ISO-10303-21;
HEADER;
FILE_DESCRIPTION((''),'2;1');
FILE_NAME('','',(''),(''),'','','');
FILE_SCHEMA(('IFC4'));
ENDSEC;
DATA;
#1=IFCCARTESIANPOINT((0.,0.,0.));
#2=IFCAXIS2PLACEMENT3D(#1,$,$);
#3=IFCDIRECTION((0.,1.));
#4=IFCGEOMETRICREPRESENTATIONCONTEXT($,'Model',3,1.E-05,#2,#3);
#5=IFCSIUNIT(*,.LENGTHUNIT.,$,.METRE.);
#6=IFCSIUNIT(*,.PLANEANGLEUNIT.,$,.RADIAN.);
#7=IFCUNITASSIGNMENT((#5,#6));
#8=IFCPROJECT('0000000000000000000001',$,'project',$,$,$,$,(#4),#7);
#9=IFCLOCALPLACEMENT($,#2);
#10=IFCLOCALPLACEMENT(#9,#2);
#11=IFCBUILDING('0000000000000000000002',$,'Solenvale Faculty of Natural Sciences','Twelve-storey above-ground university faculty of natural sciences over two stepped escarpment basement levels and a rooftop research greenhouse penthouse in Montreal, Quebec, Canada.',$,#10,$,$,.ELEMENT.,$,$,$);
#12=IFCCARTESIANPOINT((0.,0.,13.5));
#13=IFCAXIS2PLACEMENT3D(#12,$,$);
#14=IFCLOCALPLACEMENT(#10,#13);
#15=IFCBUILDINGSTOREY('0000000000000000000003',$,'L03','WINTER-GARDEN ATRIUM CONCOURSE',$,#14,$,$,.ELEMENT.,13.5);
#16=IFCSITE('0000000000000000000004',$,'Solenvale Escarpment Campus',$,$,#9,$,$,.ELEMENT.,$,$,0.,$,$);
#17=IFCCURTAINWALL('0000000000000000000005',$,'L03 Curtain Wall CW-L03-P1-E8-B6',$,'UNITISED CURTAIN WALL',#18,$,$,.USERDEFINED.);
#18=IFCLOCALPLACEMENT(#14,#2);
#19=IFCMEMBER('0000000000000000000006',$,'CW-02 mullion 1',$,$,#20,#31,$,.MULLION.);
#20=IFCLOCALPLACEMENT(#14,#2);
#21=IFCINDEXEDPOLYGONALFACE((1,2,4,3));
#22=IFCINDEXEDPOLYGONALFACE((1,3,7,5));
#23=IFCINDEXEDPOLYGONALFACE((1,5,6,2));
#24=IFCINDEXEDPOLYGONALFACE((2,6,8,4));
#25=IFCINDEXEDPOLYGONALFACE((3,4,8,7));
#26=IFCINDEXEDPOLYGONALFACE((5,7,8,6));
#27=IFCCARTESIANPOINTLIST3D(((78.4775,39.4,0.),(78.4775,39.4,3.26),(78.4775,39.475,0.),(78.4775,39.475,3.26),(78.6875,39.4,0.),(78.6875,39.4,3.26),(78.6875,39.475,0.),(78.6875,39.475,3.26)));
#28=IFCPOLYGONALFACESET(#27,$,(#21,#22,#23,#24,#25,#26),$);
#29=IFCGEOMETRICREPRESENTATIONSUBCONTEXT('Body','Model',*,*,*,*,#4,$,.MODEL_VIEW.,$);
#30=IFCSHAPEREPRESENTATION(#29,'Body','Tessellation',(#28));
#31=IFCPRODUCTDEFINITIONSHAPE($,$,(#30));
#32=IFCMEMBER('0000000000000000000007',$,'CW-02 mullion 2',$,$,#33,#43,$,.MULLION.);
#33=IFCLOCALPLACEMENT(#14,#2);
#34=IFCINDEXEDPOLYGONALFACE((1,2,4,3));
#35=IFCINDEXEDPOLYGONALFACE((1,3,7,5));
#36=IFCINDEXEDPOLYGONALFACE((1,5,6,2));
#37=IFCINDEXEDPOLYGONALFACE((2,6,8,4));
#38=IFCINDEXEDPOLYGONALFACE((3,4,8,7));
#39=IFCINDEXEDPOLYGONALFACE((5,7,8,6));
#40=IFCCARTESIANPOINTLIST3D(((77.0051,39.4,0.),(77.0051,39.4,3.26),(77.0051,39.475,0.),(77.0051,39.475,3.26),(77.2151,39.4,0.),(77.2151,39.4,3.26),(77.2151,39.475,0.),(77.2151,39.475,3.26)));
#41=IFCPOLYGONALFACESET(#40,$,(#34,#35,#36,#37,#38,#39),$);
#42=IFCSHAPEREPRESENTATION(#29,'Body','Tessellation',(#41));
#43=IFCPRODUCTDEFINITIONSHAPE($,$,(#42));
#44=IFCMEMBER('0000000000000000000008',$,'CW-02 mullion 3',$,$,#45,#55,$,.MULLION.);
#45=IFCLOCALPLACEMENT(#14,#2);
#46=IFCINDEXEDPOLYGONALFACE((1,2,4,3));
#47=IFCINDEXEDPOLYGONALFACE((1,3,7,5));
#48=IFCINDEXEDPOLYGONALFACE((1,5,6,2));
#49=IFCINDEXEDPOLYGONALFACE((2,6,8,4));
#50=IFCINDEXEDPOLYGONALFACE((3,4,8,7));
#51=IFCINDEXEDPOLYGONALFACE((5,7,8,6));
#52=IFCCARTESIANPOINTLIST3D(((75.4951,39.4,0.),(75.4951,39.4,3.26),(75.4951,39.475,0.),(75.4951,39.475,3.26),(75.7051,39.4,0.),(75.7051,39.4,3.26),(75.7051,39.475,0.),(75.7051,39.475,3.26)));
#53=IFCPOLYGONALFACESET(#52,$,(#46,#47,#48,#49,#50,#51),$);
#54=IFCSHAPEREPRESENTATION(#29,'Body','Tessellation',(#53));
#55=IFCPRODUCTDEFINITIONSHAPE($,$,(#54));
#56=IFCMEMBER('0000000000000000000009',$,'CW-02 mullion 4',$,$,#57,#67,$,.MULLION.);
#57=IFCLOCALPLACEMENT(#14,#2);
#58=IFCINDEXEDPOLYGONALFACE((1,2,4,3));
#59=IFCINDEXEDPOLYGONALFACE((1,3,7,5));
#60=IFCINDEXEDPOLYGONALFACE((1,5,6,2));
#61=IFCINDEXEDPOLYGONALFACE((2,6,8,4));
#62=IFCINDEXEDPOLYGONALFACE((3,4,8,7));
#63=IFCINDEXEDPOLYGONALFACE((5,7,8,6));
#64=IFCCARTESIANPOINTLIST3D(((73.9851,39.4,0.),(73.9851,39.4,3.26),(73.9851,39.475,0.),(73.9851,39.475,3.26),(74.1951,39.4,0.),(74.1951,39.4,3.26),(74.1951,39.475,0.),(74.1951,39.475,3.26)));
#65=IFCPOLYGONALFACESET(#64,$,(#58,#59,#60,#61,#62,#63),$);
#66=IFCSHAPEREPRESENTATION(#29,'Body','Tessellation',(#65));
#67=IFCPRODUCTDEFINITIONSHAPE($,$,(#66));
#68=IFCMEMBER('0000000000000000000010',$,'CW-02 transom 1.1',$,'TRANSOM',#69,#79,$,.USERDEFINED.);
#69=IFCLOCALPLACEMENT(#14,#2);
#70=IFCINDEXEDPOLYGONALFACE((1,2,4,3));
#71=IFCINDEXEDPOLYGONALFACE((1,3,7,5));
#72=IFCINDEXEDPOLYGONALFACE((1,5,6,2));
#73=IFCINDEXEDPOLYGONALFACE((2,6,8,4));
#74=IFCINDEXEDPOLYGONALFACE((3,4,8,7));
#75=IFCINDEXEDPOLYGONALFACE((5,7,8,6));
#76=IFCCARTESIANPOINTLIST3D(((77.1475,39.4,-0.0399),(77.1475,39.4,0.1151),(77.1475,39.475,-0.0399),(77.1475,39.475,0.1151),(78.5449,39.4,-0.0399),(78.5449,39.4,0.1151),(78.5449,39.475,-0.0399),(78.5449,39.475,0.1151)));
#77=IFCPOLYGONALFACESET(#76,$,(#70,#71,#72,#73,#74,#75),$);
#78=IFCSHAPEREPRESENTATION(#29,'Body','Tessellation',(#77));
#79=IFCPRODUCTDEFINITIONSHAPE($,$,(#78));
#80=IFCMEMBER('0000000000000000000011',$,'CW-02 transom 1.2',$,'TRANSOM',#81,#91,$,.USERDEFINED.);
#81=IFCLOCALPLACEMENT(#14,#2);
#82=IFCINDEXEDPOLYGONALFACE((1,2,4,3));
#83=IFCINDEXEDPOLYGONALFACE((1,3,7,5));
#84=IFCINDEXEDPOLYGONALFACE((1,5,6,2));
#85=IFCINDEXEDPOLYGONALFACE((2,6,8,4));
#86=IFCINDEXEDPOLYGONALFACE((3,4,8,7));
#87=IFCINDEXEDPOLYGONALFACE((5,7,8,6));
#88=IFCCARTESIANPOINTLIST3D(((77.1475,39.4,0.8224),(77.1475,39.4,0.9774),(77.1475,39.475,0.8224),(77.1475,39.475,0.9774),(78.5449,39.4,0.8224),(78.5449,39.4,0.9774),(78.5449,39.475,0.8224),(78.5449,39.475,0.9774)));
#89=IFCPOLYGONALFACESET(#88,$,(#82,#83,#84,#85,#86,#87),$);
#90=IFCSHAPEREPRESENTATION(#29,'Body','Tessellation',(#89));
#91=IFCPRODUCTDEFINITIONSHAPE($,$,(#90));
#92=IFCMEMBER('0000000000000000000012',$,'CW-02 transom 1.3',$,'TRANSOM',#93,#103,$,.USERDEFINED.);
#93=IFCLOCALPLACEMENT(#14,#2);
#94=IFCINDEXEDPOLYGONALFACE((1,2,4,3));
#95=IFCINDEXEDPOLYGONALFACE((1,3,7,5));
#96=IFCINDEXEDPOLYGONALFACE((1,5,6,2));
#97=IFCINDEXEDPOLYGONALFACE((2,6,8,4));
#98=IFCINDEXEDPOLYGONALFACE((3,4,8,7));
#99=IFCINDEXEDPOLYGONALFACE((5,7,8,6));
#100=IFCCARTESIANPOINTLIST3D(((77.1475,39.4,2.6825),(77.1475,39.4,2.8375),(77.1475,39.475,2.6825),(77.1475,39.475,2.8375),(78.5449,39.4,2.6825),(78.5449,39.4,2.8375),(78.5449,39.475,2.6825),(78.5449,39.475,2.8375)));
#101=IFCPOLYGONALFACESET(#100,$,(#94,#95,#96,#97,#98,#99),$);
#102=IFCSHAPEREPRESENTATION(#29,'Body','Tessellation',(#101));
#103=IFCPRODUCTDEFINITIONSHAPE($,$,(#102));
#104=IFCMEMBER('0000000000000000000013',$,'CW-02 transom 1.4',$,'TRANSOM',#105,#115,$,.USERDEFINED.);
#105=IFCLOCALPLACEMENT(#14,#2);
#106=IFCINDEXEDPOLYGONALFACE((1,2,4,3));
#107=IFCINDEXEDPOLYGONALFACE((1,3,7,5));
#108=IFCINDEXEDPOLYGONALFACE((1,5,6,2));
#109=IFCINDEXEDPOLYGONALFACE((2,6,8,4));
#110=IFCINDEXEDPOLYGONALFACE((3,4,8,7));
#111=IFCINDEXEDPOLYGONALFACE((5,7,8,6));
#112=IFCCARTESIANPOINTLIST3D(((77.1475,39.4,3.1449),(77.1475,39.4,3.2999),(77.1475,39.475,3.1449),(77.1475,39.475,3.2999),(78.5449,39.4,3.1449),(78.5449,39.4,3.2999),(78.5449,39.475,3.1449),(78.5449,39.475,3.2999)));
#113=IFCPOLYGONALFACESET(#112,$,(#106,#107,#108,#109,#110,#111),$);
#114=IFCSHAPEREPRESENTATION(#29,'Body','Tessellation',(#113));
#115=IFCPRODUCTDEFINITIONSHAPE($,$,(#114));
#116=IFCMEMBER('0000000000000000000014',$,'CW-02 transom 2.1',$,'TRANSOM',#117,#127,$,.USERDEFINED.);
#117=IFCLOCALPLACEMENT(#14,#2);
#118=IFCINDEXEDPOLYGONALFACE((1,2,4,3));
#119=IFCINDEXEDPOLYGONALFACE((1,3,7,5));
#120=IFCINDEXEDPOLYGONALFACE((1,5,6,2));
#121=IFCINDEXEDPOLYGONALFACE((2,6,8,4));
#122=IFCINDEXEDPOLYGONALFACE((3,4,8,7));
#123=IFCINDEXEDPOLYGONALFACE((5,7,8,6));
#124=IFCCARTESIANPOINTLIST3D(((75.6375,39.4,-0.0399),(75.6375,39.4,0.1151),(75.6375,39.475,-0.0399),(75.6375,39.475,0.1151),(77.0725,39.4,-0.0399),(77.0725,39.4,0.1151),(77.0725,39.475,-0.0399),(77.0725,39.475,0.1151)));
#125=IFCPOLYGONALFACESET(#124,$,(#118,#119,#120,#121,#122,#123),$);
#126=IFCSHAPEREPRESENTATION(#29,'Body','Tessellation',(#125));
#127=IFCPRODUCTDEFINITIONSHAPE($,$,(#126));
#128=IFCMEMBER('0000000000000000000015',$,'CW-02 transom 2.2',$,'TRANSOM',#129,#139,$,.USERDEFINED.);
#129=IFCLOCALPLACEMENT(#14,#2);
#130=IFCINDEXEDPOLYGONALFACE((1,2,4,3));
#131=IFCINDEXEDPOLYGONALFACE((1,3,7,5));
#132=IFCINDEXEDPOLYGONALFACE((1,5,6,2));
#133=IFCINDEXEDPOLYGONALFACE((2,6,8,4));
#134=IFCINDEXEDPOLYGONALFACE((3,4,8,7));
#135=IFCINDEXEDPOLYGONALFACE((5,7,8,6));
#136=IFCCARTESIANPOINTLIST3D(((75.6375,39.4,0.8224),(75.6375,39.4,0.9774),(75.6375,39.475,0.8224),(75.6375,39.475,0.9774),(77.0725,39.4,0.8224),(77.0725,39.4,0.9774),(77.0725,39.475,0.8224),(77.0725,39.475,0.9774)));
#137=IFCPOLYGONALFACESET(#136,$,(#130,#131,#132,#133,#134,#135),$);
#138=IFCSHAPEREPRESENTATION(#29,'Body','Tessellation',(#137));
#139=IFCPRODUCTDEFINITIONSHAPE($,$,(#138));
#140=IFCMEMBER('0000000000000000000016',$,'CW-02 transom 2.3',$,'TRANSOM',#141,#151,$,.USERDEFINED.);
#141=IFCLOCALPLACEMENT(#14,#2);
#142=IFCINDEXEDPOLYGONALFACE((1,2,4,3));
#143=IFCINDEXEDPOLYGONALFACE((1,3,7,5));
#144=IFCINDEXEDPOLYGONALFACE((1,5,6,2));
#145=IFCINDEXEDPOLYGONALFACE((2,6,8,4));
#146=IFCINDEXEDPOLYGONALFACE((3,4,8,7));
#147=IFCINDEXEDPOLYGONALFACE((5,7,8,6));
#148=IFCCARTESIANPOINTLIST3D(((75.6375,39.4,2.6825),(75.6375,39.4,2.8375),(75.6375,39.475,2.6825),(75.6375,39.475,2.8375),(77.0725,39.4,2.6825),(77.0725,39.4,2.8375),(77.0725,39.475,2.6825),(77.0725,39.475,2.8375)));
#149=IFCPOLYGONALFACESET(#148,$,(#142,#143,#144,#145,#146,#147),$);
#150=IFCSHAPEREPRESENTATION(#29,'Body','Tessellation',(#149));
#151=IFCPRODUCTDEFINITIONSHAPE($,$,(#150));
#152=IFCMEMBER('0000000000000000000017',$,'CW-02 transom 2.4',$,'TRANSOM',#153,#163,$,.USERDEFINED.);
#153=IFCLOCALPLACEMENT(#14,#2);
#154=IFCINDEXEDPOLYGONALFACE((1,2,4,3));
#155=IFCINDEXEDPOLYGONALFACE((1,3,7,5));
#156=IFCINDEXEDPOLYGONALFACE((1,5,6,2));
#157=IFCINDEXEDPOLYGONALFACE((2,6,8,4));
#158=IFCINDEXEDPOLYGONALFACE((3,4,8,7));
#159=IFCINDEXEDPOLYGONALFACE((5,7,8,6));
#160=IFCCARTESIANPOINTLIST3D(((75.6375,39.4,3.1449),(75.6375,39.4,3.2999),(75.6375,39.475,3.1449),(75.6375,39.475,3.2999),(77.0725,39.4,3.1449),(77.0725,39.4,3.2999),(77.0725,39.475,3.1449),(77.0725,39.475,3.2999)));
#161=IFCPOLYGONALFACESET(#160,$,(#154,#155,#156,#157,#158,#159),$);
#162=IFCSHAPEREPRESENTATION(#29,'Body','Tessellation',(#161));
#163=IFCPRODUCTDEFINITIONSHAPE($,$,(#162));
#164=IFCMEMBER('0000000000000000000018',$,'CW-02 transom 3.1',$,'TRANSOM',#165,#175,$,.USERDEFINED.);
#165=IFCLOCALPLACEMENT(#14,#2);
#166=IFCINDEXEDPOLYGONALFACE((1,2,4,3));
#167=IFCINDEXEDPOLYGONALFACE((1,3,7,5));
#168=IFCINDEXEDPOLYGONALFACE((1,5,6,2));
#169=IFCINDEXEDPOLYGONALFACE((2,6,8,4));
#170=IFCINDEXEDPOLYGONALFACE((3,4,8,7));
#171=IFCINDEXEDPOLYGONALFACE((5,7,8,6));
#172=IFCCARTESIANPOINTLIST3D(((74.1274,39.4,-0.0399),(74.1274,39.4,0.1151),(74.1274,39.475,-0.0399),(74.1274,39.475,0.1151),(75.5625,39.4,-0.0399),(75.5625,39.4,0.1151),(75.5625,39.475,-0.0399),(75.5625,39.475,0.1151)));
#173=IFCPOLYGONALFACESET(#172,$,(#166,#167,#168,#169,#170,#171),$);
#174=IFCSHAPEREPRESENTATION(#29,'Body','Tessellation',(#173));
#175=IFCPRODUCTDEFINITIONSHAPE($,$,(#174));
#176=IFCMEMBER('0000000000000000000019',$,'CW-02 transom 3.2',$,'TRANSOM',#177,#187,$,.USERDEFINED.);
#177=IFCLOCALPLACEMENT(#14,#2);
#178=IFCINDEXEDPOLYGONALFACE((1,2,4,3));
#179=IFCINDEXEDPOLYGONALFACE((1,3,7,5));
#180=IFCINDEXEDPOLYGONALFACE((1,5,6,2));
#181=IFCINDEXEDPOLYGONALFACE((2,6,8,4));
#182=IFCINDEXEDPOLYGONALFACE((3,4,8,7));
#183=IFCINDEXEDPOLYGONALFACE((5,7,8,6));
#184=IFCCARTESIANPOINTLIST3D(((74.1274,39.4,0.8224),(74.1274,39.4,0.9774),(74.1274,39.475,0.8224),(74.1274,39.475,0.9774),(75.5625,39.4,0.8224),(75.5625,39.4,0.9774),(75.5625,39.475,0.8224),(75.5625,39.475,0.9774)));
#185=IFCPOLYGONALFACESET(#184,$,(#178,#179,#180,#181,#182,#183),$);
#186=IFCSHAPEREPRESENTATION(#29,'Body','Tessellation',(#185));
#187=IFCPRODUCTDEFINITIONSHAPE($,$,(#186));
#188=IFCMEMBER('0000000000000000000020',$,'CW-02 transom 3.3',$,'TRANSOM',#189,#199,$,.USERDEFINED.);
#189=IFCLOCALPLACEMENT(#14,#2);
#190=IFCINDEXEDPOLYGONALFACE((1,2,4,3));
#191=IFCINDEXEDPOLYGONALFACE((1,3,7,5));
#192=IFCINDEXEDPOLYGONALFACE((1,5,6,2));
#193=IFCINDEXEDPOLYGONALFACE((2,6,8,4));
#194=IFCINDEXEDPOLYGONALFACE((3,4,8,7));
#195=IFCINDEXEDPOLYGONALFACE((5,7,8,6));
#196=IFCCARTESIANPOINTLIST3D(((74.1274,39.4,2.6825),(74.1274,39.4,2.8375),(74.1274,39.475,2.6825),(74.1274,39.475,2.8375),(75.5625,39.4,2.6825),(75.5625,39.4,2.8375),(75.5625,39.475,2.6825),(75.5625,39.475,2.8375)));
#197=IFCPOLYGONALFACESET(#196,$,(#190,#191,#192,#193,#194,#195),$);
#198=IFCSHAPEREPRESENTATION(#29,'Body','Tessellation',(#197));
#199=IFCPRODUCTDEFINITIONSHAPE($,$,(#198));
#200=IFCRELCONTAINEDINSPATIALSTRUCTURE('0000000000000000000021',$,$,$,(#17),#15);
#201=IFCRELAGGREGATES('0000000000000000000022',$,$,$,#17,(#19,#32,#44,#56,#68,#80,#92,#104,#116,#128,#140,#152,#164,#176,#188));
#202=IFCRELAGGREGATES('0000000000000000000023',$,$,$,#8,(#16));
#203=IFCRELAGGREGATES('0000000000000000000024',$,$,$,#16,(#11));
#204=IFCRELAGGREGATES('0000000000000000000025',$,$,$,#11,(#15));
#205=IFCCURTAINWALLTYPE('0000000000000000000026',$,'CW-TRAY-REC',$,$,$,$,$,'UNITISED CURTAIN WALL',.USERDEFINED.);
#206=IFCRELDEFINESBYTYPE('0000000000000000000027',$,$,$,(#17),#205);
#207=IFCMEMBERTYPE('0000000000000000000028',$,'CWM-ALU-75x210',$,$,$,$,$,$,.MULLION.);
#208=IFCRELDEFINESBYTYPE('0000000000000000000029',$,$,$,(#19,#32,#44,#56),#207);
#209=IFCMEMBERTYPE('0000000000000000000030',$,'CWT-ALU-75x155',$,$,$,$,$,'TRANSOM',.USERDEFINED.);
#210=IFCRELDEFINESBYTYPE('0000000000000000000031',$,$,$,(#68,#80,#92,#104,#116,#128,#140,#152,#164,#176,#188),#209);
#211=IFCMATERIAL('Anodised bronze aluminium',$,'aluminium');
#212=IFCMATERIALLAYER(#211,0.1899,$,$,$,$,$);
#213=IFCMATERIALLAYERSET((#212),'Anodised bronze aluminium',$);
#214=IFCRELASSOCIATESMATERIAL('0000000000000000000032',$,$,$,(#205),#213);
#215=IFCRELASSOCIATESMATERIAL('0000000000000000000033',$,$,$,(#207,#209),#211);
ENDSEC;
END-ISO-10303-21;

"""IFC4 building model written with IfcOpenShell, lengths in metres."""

from ifc_helpers import new_model, si_unit, direction, frame, origin, origin_2d, place, context, subcontext, project, spatial, rectangle, extrude, material, layer, layer_set, material_profile, profile_set, type_object, element, aggregate, save


model = new_model("IFC4")

# Units and contexts
model_context = context("Model", 3, precision=1e-05, world=origin(), true_north=direction((0.0, 1.0)))
body_context = subcontext(model_context, "Body", "Model", "MODEL_VIEW")
ifc_project = project(units=[si_unit("LENGTHUNIT", "METRE"), si_unit("PLANEANGLEUNIT", "RADIAN")], contexts=[model_context])

# Site, building, storey
site_placement = place(None, origin())
site = spatial("IfcSite", under=ifc_project, at=site_placement, Name="Solenvale Escarpment Campus", CompositionType="ELEMENT", RefElevation=0.0)
building_placement = place(site_placement, origin())
building = spatial("IfcBuilding", under=site, at=building_placement, Name="Solenvale Faculty of Natural Sciences", Description="Twelve-storey above-ground university faculty of natural sciences over two stepped escarpment basement levels and a rooftop research greenhouse penthouse in Montreal, Quebec, Canada.", CompositionType="ELEMENT")
storey_placement = place(building_placement, frame((0.0, 0.0, 13.5)))
storey = spatial("IfcBuildingStorey", under=building, at=storey_placement, Name="L03", Description="WINTER-GARDEN ATRIUM CONCOURSE", CompositionType="ELEMENT", Elevation=13.5)

# Curtain wall, members
ifc_material_1 = material(Name="Anodised bronze aluminium", Category="aluminium")
ifc_layer_1 = layer(ifc_material_1, 0.1899)
ifc_layer_set_1 = layer_set([ifc_layer_1], Name="Anodised bronze aluminium")
curtain_wall_type = type_object("IfcCurtainWallType", Name="CW-TRAY-REC", ElementType="UNITISED CURTAIN WALL", PredefinedType="USERDEFINED", material=ifc_layer_set_1)
curtain_wall_placement = place(storey_placement, origin())
curtain_wall = element("IfcCurtainWall", 1, at=curtain_wall_placement, inside=storey, type_object=curtain_wall_type, Name="L03 Curtain Wall CW-L03-P1-E8-B6", ObjectType="UNITISED CURTAIN WALL", PredefinedType="USERDEFINED")
ifc_material_profile_1 = material_profile(ifc_material_1, rectangle(XDim=0.075, YDim=0.21, at=origin_2d()), Name="ALU-MUL-75x210")
ifc_profile_set_1 = profile_set([ifc_material_profile_1], Name="Anodised bronze aluminium")
member_type_1 = type_object("IfcMemberType", Name="CWM-ALU-75x210", PredefinedType="MULLION", material=ifc_profile_set_1)
member_1_placement = place(storey_placement, frame((78.5825, 39.4375, 0.0), z_axis=(0.0, 0.0, 1.0), x_axis=(0.0, -1.0, 0.0)))
member_1 = element("IfcMember", 2, at=member_1_placement, type_object=member_type_1, Name="CW-02 mullion 1", PredefinedType="MULLION", context=body_context, shape_type="SweptSolid", body=[
    extrude(rectangle(XDim=0.075, YDim=0.21, at=origin_2d()), origin(), (0.0, 0.0, 1.0), 3.26),
])
member_2_placement = place(storey_placement, frame((77.1101, 39.4375, 0.0), z_axis=(0.0, 0.0, 1.0), x_axis=(0.0, -1.0, 0.0)))
member_2 = element("IfcMember", 3, at=member_2_placement, type_object=member_type_1, Name="CW-02 mullion 2", PredefinedType="MULLION", context=body_context, shape_type="SweptSolid", body=[
    extrude(rectangle(XDim=0.075, YDim=0.21, at=origin_2d()), origin(), (0.0, 0.0, 1.0), 3.26),
])
member_3_placement = place(storey_placement, frame((75.6001, 39.4375, 0.0), z_axis=(0.0, 0.0, 1.0), x_axis=(0.0, -1.0, 0.0)))
member_3 = element("IfcMember", 4, at=member_3_placement, type_object=member_type_1, Name="CW-02 mullion 3", PredefinedType="MULLION", context=body_context, shape_type="SweptSolid", body=[
    extrude(rectangle(XDim=0.075, YDim=0.21, at=origin_2d()), origin(), (0.0, 0.0, 1.0), 3.26),
])
member_4_placement = place(storey_placement, frame((74.0901, 39.4375, 0.0), z_axis=(0.0, 0.0, 1.0), x_axis=(0.0, -1.0, 0.0)))
member_4 = element("IfcMember", 5, at=member_4_placement, type_object=member_type_1, Name="CW-02 mullion 4", PredefinedType="MULLION", context=body_context, shape_type="SweptSolid", body=[
    extrude(rectangle(XDim=0.075, YDim=0.21, at=origin_2d()), origin(), (0.0, 0.0, 1.0), 3.26),
])
ifc_material_profile_2 = material_profile(ifc_material_1, rectangle(XDim=0.075, YDim=0.155, at=origin_2d()), Name="ALU-TRN-75x155")
ifc_profile_set_2 = profile_set([ifc_material_profile_2], Name="Anodised bronze aluminium")
member_type_2 = type_object("IfcMemberType", Name="CWT-ALU-75x155", ElementType="TRANSOM", PredefinedType="USERDEFINED", material=ifc_profile_set_2)
member_5_placement = place(storey_placement, frame((78.5449, 39.4375, 0.0376), z_axis=(-1.0, 0.0, 0.0), x_axis=(0.0, -1.0, 0.0)))
member_5 = element("IfcMember", 6, at=member_5_placement, type_object=member_type_2, Name="CW-02 transom 1.1", ObjectType="TRANSOM", PredefinedType="USERDEFINED", context=body_context, shape_type="SweptSolid", body=[
    extrude(rectangle(XDim=0.075, YDim=0.155, at=origin_2d()), origin(), (0.0, 0.0, 1.0), 1.3975),
])
member_6_placement = place(storey_placement, frame((78.5449, 39.4375, 0.8999), z_axis=(-1.0, 0.0, 0.0), x_axis=(0.0, -1.0, 0.0)))
member_6 = element("IfcMember", 7, at=member_6_placement, type_object=member_type_2, Name="CW-02 transom 1.2", ObjectType="TRANSOM", PredefinedType="USERDEFINED", context=body_context, shape_type="SweptSolid", body=[
    extrude(rectangle(XDim=0.075, YDim=0.155, at=origin_2d()), origin(), (0.0, 0.0, 1.0), 1.3975),
])
member_7_placement = place(storey_placement, frame((78.5449, 39.4375, 2.76), z_axis=(-1.0, 0.0, 0.0), x_axis=(0.0, -1.0, 0.0)))
member_7 = element("IfcMember", 8, at=member_7_placement, type_object=member_type_2, Name="CW-02 transom 1.3", ObjectType="TRANSOM", PredefinedType="USERDEFINED", context=body_context, shape_type="SweptSolid", body=[
    extrude(rectangle(XDim=0.075, YDim=0.155, at=origin_2d()), origin(), (0.0, 0.0, 1.0), 1.3975),
])
member_8_placement = place(storey_placement, frame((78.5449, 39.4375, 3.2224), z_axis=(-1.0, 0.0, 0.0), x_axis=(0.0, -1.0, 0.0)))
member_8 = element("IfcMember", 9, at=member_8_placement, type_object=member_type_2, Name="CW-02 transom 1.4", ObjectType="TRANSOM", PredefinedType="USERDEFINED", context=body_context, shape_type="SweptSolid", body=[
    extrude(rectangle(XDim=0.075, YDim=0.155, at=origin_2d()), origin(), (0.0, 0.0, 1.0), 1.3975),
])
member_9_placement = place(storey_placement, frame((77.0725, 39.4375, 0.0376), z_axis=(-1.0, 0.0, 0.0), x_axis=(0.0, -1.0, 0.0)))
member_9 = element("IfcMember", 10, at=member_9_placement, type_object=member_type_2, Name="CW-02 transom 2.1", ObjectType="TRANSOM", PredefinedType="USERDEFINED", context=body_context, shape_type="SweptSolid", body=[
    extrude(rectangle(XDim=0.075, YDim=0.155, at=origin_2d()), origin(), (0.0, 0.0, 1.0), 1.4351),
])
member_10_placement = place(storey_placement, frame((77.0725, 39.4375, 0.8999), z_axis=(-1.0, 0.0, 0.0), x_axis=(0.0, -1.0, 0.0)))
member_10 = element("IfcMember", 11, at=member_10_placement, type_object=member_type_2, Name="CW-02 transom 2.2", ObjectType="TRANSOM", PredefinedType="USERDEFINED", context=body_context, shape_type="SweptSolid", body=[
    extrude(rectangle(XDim=0.075, YDim=0.155, at=origin_2d()), origin(), (0.0, 0.0, 1.0), 1.4351),
])
member_11_placement = place(storey_placement, frame((77.0725, 39.4375, 2.76), z_axis=(-1.0, 0.0, 0.0), x_axis=(0.0, -1.0, 0.0)))
member_11 = element("IfcMember", 12, at=member_11_placement, type_object=member_type_2, Name="CW-02 transom 2.3", ObjectType="TRANSOM", PredefinedType="USERDEFINED", context=body_context, shape_type="SweptSolid", body=[
    extrude(rectangle(XDim=0.075, YDim=0.155, at=origin_2d()), origin(), (0.0, 0.0, 1.0), 1.4351),
])
member_12_placement = place(storey_placement, frame((77.0725, 39.4375, 3.2224), z_axis=(-1.0, 0.0, 0.0), x_axis=(0.0, -1.0, 0.0)))
member_12 = element("IfcMember", 13, at=member_12_placement, type_object=member_type_2, Name="CW-02 transom 2.4", ObjectType="TRANSOM", PredefinedType="USERDEFINED", context=body_context, shape_type="SweptSolid", body=[
    extrude(rectangle(XDim=0.075, YDim=0.155, at=origin_2d()), origin(), (0.0, 0.0, 1.0), 1.4351),
])
member_13_placement = place(storey_placement, frame((75.5625, 39.4375, 0.0376), z_axis=(-1.0, 0.0, 0.0), x_axis=(0.0, -1.0, 0.0)))
member_13 = element("IfcMember", 14, at=member_13_placement, type_object=member_type_2, Name="CW-02 transom 3.1", ObjectType="TRANSOM", PredefinedType="USERDEFINED", context=body_context, shape_type="SweptSolid", body=[
    extrude(rectangle(XDim=0.075, YDim=0.155, at=origin_2d()), origin(), (0.0, 0.0, 1.0), 1.4351),
])
member_14_placement = place(storey_placement, frame((75.5625, 39.4375, 0.8999), z_axis=(-1.0, 0.0, 0.0), x_axis=(0.0, -1.0, 0.0)))
member_14 = element("IfcMember", 15, at=member_14_placement, type_object=member_type_2, Name="CW-02 transom 3.2", ObjectType="TRANSOM", PredefinedType="USERDEFINED", context=body_context, shape_type="SweptSolid", body=[
    extrude(rectangle(XDim=0.075, YDim=0.155, at=origin_2d()), origin(), (0.0, 0.0, 1.0), 1.4351),
])
member_15_placement = place(storey_placement, frame((75.5625, 39.4375, 2.76), z_axis=(-1.0, 0.0, 0.0), x_axis=(0.0, -1.0, 0.0)))
member_15 = element("IfcMember", 16, at=member_15_placement, type_object=member_type_2, Name="CW-02 transom 3.3", ObjectType="TRANSOM", PredefinedType="USERDEFINED", context=body_context, shape_type="SweptSolid", body=[
    extrude(rectangle(XDim=0.075, YDim=0.155, at=origin_2d()), origin(), (0.0, 0.0, 1.0), 1.4351),
])
aggregate(curtain_wall, [member_1, member_2, member_3, member_4, member_5, member_6, member_7, member_8, member_9, member_10, member_11, member_12, member_13, member_14, member_15])

save(model, "model.ifc")
